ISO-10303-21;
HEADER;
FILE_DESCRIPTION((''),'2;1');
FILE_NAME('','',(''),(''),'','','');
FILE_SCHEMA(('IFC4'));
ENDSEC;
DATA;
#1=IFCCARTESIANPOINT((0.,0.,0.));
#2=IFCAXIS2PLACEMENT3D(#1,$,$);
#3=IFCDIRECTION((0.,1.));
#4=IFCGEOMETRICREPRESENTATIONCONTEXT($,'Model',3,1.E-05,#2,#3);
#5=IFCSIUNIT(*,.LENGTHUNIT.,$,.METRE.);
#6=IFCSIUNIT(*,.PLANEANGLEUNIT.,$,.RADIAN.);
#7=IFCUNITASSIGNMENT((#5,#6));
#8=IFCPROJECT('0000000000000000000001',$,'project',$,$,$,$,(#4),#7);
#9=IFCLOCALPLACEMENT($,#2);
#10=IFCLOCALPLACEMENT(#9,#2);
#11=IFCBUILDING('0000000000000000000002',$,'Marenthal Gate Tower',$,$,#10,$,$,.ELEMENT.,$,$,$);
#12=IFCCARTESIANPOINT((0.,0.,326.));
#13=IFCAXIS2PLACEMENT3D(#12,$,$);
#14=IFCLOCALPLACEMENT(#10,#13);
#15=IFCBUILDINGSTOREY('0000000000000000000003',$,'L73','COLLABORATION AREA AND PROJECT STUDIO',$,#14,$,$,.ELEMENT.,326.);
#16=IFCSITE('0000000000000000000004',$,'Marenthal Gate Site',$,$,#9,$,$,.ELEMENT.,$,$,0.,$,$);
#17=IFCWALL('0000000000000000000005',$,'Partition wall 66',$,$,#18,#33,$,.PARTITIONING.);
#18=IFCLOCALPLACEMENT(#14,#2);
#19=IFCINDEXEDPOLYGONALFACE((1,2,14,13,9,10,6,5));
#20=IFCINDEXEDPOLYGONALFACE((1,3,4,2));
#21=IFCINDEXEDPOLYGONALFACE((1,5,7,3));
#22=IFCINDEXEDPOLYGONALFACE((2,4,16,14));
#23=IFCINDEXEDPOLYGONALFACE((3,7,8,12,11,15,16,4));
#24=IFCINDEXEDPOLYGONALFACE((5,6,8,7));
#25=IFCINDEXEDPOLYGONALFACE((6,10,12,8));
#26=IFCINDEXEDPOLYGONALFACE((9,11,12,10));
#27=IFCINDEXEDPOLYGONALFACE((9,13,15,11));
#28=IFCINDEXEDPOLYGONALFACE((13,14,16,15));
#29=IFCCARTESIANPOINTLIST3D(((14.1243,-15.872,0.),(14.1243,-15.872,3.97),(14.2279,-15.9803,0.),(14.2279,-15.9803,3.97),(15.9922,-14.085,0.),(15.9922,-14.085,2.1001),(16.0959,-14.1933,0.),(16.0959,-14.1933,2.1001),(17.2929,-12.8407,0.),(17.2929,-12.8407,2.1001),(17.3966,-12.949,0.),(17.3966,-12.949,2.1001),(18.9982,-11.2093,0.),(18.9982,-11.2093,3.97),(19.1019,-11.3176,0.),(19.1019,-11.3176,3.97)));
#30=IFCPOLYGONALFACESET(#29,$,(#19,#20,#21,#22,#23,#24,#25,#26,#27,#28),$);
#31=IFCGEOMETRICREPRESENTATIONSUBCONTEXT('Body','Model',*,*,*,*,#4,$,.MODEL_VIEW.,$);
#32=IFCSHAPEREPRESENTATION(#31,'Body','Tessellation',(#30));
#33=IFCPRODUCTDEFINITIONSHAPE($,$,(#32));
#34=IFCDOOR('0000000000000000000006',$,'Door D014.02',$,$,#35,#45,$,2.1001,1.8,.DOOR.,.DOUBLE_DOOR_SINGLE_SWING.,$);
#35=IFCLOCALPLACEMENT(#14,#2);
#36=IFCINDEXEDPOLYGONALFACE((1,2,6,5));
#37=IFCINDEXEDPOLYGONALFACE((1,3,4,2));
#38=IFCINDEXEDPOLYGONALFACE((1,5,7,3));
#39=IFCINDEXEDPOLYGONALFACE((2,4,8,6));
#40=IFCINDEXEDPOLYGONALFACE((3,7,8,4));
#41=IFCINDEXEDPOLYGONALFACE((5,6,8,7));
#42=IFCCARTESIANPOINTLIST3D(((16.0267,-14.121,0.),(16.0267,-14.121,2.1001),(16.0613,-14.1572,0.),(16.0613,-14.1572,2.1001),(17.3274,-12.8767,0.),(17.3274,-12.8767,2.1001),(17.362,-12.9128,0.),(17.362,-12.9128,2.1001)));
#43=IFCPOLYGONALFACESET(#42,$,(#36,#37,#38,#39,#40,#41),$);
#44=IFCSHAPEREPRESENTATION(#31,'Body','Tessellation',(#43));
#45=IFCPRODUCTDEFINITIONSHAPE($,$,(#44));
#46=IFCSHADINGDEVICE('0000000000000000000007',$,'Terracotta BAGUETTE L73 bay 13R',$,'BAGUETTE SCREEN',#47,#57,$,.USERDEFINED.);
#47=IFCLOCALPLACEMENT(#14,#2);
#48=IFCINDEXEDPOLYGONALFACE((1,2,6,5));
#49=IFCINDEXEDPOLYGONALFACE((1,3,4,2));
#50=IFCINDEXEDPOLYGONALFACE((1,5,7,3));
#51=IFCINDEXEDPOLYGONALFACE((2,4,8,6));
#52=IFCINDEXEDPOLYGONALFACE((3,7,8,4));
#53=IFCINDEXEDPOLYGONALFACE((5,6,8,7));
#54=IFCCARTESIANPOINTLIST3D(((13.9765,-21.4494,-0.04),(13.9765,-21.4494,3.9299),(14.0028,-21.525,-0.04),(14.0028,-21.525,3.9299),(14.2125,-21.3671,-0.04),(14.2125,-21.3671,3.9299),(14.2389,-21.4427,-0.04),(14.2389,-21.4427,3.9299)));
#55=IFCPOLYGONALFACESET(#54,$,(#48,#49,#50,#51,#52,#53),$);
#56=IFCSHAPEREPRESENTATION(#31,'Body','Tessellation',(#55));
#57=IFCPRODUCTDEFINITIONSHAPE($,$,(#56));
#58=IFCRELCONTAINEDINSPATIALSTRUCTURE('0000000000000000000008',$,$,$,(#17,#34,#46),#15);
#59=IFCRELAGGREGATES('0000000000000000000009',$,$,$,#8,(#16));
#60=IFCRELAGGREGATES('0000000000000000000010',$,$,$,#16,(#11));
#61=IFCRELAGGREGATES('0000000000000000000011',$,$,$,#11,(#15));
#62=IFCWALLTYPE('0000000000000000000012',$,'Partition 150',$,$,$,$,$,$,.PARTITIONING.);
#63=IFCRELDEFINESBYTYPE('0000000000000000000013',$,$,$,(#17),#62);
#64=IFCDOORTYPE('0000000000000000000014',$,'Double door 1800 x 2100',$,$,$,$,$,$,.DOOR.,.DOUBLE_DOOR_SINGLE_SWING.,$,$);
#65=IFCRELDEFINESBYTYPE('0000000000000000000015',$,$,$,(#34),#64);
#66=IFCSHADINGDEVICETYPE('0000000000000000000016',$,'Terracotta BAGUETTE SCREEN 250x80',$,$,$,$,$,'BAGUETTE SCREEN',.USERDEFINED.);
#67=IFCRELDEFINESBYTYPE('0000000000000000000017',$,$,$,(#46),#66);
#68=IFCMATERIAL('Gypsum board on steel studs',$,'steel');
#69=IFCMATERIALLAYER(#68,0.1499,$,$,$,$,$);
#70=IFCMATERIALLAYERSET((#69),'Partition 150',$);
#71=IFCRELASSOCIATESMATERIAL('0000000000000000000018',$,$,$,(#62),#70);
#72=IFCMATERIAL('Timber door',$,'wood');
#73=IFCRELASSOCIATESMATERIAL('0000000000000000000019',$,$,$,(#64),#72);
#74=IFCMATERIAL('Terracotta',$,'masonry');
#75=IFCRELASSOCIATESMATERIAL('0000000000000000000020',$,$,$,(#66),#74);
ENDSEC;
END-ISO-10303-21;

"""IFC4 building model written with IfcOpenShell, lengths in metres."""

from ifc_helpers import new_model, si_unit, direction, frame, frame_2d, origin, origin_2d, place, context, subcontext, project, spatial, rectangle, extrude, material, layer, layer_set, material_profile, profile_set, type_object, element, fill, save


model = new_model("IFC4")

# Units and contexts
model_context = context("Model", 3, precision=1e-05, world=origin(), true_north=direction((0.0, 1.0)))
body_context = subcontext(model_context, "Body", "Model", "MODEL_VIEW")
ifc_project = project(units=[si_unit("LENGTHUNIT", "METRE"), si_unit("PLANEANGLEUNIT", "RADIAN")], contexts=[model_context])

# Site, building, storey
site_placement = place(None, origin())
site = spatial("IfcSite", under=ifc_project, at=site_placement, Name="Marenthal Gate Site", CompositionType="ELEMENT", RefElevation=0.0)
building_placement = place(site_placement, origin())
building = spatial("IfcBuilding", under=site, at=building_placement, Name="Marenthal Gate Tower", CompositionType="ELEMENT")
storey_placement = place(building_placement, frame((0.0, 0.0, 326.0)))
storey = spatial("IfcBuildingStorey", under=building, at=storey_placement, Name="L73", Description="COLLABORATION AREA AND PROJECT STUDIO", CompositionType="ELEMENT", Elevation=326.0)

# Shared definitions
ifc_material_1 = material(Name="Gypsum board on steel studs", Category="steel")
ifc_layer_1 = layer(ifc_material_1, 0.1499)
ifc_layer_set_1 = layer_set([ifc_layer_1], Name="Partition 150")
wall_type_1 = type_object("IfcWallType", Name="Partition 150", PredefinedType="PARTITIONING", material=ifc_layer_set_1)

# Wall, opening, door
wall_1_placement = place(storey_placement, frame((19.05, -11.2634, 0.0), z_axis=(0.0, 0.0, 1.0), x_axis=(-0.722588, -0.691279, 0.0)))
wall_1 = element("IfcWall", 1, at=wall_1_placement, inside=storey, type_object=wall_type_1, Name="Partition wall 66", PredefinedType="PARTITIONING", context=body_context, shape_type="SweptSolid", body=[
    extrude(rectangle(XDim=6.7451, YDim=0.1499, at=frame_2d((3.3726, 0.0))), origin(), (0.0, 0.0, 1.0), 3.97),
])
opening_1_placement = place(wall_1_placement, frame((2.3601, 0.0, 0.0)))
opening_1 = element("IfcOpeningElement", 2, at=opening_1_placement, cuts=wall_1, PredefinedType="OPENING", context=body_context, shape_type="SweptSolid", body=[
    extrude(rectangle(XDim=1.8, YDim=2.1001, at=frame_2d((0.8999, 1.05))), frame((0.0, 0.085, 0.0), z_axis=(0.0, -1.0, 0.0), x_axis=(1.0, 0.0, 0.0)), (0.0, 0.0, 1.0), 0.1699),
])
ifc_material_2 = material(Name="Timber door", Category="wood")
door_type_1 = type_object("IfcDoorType", Name="Double door 1800 x 2100", OperationType="DOUBLE_DOOR_SINGLE_SWING", PredefinedType="DOOR", material=ifc_material_2)
door_1_placement = place(opening_1_placement, origin())
door_1 = element("IfcDoor", 3, at=door_1_placement, inside=storey, type_object=door_type_1, Name="Door D014.02", OperationType="DOUBLE_DOOR_SINGLE_SWING", OverallHeight=2.1001, OverallWidth=1.8, PredefinedType="DOOR", context=body_context, shape_type="SweptSolid", body=[
    extrude(rectangle(XDim=1.8, YDim=2.1001, at=frame_2d((0.8999, 1.05))), frame((0.0, 0.0249, 0.0), z_axis=(0.0, -1.0, 0.0), x_axis=(1.0, 0.0, 0.0)), (0.0, 0.0, 1.0), 0.05),
])
fill(opening_1, door_1)

# Shading device
ifc_material_3 = material(Name="Terracotta", Category="masonry")
ifc_material_profile_1 = material_profile(ifc_material_3, rectangle(XDim=0.25, YDim=0.0801, at=origin_2d()), Name="Terracotta baguette 250x80")
ifc_profile_set_1 = profile_set([ifc_material_profile_1], Name="Terracotta")
shading_device_type = type_object("IfcShadingDeviceType", Name="Terracotta BAGUETTE SCREEN 250x80", ElementType="BAGUETTE SCREEN", PredefinedType="USERDEFINED", material=ifc_profile_set_1)
shading_device_placement = place(storey_placement, frame((14.1077, -21.446, -0.04), z_axis=(0.0, 0.0, 1.0), x_axis=(0.944214, 0.329333, 0.0)))
element("IfcShadingDevice", 4, at=shading_device_placement, inside=storey, type_object=shading_device_type, Name="Terracotta BAGUETTE L73 bay 13R", ObjectType="BAGUETTE SCREEN", PredefinedType="USERDEFINED", context=body_context, shape_type="SweptSolid", body=[
    extrude(rectangle(XDim=0.25, YDim=0.0801, at=origin_2d()), origin(), (0.0, 0.0, 1.0), 3.97),
])

save(model, "model.ifc")
